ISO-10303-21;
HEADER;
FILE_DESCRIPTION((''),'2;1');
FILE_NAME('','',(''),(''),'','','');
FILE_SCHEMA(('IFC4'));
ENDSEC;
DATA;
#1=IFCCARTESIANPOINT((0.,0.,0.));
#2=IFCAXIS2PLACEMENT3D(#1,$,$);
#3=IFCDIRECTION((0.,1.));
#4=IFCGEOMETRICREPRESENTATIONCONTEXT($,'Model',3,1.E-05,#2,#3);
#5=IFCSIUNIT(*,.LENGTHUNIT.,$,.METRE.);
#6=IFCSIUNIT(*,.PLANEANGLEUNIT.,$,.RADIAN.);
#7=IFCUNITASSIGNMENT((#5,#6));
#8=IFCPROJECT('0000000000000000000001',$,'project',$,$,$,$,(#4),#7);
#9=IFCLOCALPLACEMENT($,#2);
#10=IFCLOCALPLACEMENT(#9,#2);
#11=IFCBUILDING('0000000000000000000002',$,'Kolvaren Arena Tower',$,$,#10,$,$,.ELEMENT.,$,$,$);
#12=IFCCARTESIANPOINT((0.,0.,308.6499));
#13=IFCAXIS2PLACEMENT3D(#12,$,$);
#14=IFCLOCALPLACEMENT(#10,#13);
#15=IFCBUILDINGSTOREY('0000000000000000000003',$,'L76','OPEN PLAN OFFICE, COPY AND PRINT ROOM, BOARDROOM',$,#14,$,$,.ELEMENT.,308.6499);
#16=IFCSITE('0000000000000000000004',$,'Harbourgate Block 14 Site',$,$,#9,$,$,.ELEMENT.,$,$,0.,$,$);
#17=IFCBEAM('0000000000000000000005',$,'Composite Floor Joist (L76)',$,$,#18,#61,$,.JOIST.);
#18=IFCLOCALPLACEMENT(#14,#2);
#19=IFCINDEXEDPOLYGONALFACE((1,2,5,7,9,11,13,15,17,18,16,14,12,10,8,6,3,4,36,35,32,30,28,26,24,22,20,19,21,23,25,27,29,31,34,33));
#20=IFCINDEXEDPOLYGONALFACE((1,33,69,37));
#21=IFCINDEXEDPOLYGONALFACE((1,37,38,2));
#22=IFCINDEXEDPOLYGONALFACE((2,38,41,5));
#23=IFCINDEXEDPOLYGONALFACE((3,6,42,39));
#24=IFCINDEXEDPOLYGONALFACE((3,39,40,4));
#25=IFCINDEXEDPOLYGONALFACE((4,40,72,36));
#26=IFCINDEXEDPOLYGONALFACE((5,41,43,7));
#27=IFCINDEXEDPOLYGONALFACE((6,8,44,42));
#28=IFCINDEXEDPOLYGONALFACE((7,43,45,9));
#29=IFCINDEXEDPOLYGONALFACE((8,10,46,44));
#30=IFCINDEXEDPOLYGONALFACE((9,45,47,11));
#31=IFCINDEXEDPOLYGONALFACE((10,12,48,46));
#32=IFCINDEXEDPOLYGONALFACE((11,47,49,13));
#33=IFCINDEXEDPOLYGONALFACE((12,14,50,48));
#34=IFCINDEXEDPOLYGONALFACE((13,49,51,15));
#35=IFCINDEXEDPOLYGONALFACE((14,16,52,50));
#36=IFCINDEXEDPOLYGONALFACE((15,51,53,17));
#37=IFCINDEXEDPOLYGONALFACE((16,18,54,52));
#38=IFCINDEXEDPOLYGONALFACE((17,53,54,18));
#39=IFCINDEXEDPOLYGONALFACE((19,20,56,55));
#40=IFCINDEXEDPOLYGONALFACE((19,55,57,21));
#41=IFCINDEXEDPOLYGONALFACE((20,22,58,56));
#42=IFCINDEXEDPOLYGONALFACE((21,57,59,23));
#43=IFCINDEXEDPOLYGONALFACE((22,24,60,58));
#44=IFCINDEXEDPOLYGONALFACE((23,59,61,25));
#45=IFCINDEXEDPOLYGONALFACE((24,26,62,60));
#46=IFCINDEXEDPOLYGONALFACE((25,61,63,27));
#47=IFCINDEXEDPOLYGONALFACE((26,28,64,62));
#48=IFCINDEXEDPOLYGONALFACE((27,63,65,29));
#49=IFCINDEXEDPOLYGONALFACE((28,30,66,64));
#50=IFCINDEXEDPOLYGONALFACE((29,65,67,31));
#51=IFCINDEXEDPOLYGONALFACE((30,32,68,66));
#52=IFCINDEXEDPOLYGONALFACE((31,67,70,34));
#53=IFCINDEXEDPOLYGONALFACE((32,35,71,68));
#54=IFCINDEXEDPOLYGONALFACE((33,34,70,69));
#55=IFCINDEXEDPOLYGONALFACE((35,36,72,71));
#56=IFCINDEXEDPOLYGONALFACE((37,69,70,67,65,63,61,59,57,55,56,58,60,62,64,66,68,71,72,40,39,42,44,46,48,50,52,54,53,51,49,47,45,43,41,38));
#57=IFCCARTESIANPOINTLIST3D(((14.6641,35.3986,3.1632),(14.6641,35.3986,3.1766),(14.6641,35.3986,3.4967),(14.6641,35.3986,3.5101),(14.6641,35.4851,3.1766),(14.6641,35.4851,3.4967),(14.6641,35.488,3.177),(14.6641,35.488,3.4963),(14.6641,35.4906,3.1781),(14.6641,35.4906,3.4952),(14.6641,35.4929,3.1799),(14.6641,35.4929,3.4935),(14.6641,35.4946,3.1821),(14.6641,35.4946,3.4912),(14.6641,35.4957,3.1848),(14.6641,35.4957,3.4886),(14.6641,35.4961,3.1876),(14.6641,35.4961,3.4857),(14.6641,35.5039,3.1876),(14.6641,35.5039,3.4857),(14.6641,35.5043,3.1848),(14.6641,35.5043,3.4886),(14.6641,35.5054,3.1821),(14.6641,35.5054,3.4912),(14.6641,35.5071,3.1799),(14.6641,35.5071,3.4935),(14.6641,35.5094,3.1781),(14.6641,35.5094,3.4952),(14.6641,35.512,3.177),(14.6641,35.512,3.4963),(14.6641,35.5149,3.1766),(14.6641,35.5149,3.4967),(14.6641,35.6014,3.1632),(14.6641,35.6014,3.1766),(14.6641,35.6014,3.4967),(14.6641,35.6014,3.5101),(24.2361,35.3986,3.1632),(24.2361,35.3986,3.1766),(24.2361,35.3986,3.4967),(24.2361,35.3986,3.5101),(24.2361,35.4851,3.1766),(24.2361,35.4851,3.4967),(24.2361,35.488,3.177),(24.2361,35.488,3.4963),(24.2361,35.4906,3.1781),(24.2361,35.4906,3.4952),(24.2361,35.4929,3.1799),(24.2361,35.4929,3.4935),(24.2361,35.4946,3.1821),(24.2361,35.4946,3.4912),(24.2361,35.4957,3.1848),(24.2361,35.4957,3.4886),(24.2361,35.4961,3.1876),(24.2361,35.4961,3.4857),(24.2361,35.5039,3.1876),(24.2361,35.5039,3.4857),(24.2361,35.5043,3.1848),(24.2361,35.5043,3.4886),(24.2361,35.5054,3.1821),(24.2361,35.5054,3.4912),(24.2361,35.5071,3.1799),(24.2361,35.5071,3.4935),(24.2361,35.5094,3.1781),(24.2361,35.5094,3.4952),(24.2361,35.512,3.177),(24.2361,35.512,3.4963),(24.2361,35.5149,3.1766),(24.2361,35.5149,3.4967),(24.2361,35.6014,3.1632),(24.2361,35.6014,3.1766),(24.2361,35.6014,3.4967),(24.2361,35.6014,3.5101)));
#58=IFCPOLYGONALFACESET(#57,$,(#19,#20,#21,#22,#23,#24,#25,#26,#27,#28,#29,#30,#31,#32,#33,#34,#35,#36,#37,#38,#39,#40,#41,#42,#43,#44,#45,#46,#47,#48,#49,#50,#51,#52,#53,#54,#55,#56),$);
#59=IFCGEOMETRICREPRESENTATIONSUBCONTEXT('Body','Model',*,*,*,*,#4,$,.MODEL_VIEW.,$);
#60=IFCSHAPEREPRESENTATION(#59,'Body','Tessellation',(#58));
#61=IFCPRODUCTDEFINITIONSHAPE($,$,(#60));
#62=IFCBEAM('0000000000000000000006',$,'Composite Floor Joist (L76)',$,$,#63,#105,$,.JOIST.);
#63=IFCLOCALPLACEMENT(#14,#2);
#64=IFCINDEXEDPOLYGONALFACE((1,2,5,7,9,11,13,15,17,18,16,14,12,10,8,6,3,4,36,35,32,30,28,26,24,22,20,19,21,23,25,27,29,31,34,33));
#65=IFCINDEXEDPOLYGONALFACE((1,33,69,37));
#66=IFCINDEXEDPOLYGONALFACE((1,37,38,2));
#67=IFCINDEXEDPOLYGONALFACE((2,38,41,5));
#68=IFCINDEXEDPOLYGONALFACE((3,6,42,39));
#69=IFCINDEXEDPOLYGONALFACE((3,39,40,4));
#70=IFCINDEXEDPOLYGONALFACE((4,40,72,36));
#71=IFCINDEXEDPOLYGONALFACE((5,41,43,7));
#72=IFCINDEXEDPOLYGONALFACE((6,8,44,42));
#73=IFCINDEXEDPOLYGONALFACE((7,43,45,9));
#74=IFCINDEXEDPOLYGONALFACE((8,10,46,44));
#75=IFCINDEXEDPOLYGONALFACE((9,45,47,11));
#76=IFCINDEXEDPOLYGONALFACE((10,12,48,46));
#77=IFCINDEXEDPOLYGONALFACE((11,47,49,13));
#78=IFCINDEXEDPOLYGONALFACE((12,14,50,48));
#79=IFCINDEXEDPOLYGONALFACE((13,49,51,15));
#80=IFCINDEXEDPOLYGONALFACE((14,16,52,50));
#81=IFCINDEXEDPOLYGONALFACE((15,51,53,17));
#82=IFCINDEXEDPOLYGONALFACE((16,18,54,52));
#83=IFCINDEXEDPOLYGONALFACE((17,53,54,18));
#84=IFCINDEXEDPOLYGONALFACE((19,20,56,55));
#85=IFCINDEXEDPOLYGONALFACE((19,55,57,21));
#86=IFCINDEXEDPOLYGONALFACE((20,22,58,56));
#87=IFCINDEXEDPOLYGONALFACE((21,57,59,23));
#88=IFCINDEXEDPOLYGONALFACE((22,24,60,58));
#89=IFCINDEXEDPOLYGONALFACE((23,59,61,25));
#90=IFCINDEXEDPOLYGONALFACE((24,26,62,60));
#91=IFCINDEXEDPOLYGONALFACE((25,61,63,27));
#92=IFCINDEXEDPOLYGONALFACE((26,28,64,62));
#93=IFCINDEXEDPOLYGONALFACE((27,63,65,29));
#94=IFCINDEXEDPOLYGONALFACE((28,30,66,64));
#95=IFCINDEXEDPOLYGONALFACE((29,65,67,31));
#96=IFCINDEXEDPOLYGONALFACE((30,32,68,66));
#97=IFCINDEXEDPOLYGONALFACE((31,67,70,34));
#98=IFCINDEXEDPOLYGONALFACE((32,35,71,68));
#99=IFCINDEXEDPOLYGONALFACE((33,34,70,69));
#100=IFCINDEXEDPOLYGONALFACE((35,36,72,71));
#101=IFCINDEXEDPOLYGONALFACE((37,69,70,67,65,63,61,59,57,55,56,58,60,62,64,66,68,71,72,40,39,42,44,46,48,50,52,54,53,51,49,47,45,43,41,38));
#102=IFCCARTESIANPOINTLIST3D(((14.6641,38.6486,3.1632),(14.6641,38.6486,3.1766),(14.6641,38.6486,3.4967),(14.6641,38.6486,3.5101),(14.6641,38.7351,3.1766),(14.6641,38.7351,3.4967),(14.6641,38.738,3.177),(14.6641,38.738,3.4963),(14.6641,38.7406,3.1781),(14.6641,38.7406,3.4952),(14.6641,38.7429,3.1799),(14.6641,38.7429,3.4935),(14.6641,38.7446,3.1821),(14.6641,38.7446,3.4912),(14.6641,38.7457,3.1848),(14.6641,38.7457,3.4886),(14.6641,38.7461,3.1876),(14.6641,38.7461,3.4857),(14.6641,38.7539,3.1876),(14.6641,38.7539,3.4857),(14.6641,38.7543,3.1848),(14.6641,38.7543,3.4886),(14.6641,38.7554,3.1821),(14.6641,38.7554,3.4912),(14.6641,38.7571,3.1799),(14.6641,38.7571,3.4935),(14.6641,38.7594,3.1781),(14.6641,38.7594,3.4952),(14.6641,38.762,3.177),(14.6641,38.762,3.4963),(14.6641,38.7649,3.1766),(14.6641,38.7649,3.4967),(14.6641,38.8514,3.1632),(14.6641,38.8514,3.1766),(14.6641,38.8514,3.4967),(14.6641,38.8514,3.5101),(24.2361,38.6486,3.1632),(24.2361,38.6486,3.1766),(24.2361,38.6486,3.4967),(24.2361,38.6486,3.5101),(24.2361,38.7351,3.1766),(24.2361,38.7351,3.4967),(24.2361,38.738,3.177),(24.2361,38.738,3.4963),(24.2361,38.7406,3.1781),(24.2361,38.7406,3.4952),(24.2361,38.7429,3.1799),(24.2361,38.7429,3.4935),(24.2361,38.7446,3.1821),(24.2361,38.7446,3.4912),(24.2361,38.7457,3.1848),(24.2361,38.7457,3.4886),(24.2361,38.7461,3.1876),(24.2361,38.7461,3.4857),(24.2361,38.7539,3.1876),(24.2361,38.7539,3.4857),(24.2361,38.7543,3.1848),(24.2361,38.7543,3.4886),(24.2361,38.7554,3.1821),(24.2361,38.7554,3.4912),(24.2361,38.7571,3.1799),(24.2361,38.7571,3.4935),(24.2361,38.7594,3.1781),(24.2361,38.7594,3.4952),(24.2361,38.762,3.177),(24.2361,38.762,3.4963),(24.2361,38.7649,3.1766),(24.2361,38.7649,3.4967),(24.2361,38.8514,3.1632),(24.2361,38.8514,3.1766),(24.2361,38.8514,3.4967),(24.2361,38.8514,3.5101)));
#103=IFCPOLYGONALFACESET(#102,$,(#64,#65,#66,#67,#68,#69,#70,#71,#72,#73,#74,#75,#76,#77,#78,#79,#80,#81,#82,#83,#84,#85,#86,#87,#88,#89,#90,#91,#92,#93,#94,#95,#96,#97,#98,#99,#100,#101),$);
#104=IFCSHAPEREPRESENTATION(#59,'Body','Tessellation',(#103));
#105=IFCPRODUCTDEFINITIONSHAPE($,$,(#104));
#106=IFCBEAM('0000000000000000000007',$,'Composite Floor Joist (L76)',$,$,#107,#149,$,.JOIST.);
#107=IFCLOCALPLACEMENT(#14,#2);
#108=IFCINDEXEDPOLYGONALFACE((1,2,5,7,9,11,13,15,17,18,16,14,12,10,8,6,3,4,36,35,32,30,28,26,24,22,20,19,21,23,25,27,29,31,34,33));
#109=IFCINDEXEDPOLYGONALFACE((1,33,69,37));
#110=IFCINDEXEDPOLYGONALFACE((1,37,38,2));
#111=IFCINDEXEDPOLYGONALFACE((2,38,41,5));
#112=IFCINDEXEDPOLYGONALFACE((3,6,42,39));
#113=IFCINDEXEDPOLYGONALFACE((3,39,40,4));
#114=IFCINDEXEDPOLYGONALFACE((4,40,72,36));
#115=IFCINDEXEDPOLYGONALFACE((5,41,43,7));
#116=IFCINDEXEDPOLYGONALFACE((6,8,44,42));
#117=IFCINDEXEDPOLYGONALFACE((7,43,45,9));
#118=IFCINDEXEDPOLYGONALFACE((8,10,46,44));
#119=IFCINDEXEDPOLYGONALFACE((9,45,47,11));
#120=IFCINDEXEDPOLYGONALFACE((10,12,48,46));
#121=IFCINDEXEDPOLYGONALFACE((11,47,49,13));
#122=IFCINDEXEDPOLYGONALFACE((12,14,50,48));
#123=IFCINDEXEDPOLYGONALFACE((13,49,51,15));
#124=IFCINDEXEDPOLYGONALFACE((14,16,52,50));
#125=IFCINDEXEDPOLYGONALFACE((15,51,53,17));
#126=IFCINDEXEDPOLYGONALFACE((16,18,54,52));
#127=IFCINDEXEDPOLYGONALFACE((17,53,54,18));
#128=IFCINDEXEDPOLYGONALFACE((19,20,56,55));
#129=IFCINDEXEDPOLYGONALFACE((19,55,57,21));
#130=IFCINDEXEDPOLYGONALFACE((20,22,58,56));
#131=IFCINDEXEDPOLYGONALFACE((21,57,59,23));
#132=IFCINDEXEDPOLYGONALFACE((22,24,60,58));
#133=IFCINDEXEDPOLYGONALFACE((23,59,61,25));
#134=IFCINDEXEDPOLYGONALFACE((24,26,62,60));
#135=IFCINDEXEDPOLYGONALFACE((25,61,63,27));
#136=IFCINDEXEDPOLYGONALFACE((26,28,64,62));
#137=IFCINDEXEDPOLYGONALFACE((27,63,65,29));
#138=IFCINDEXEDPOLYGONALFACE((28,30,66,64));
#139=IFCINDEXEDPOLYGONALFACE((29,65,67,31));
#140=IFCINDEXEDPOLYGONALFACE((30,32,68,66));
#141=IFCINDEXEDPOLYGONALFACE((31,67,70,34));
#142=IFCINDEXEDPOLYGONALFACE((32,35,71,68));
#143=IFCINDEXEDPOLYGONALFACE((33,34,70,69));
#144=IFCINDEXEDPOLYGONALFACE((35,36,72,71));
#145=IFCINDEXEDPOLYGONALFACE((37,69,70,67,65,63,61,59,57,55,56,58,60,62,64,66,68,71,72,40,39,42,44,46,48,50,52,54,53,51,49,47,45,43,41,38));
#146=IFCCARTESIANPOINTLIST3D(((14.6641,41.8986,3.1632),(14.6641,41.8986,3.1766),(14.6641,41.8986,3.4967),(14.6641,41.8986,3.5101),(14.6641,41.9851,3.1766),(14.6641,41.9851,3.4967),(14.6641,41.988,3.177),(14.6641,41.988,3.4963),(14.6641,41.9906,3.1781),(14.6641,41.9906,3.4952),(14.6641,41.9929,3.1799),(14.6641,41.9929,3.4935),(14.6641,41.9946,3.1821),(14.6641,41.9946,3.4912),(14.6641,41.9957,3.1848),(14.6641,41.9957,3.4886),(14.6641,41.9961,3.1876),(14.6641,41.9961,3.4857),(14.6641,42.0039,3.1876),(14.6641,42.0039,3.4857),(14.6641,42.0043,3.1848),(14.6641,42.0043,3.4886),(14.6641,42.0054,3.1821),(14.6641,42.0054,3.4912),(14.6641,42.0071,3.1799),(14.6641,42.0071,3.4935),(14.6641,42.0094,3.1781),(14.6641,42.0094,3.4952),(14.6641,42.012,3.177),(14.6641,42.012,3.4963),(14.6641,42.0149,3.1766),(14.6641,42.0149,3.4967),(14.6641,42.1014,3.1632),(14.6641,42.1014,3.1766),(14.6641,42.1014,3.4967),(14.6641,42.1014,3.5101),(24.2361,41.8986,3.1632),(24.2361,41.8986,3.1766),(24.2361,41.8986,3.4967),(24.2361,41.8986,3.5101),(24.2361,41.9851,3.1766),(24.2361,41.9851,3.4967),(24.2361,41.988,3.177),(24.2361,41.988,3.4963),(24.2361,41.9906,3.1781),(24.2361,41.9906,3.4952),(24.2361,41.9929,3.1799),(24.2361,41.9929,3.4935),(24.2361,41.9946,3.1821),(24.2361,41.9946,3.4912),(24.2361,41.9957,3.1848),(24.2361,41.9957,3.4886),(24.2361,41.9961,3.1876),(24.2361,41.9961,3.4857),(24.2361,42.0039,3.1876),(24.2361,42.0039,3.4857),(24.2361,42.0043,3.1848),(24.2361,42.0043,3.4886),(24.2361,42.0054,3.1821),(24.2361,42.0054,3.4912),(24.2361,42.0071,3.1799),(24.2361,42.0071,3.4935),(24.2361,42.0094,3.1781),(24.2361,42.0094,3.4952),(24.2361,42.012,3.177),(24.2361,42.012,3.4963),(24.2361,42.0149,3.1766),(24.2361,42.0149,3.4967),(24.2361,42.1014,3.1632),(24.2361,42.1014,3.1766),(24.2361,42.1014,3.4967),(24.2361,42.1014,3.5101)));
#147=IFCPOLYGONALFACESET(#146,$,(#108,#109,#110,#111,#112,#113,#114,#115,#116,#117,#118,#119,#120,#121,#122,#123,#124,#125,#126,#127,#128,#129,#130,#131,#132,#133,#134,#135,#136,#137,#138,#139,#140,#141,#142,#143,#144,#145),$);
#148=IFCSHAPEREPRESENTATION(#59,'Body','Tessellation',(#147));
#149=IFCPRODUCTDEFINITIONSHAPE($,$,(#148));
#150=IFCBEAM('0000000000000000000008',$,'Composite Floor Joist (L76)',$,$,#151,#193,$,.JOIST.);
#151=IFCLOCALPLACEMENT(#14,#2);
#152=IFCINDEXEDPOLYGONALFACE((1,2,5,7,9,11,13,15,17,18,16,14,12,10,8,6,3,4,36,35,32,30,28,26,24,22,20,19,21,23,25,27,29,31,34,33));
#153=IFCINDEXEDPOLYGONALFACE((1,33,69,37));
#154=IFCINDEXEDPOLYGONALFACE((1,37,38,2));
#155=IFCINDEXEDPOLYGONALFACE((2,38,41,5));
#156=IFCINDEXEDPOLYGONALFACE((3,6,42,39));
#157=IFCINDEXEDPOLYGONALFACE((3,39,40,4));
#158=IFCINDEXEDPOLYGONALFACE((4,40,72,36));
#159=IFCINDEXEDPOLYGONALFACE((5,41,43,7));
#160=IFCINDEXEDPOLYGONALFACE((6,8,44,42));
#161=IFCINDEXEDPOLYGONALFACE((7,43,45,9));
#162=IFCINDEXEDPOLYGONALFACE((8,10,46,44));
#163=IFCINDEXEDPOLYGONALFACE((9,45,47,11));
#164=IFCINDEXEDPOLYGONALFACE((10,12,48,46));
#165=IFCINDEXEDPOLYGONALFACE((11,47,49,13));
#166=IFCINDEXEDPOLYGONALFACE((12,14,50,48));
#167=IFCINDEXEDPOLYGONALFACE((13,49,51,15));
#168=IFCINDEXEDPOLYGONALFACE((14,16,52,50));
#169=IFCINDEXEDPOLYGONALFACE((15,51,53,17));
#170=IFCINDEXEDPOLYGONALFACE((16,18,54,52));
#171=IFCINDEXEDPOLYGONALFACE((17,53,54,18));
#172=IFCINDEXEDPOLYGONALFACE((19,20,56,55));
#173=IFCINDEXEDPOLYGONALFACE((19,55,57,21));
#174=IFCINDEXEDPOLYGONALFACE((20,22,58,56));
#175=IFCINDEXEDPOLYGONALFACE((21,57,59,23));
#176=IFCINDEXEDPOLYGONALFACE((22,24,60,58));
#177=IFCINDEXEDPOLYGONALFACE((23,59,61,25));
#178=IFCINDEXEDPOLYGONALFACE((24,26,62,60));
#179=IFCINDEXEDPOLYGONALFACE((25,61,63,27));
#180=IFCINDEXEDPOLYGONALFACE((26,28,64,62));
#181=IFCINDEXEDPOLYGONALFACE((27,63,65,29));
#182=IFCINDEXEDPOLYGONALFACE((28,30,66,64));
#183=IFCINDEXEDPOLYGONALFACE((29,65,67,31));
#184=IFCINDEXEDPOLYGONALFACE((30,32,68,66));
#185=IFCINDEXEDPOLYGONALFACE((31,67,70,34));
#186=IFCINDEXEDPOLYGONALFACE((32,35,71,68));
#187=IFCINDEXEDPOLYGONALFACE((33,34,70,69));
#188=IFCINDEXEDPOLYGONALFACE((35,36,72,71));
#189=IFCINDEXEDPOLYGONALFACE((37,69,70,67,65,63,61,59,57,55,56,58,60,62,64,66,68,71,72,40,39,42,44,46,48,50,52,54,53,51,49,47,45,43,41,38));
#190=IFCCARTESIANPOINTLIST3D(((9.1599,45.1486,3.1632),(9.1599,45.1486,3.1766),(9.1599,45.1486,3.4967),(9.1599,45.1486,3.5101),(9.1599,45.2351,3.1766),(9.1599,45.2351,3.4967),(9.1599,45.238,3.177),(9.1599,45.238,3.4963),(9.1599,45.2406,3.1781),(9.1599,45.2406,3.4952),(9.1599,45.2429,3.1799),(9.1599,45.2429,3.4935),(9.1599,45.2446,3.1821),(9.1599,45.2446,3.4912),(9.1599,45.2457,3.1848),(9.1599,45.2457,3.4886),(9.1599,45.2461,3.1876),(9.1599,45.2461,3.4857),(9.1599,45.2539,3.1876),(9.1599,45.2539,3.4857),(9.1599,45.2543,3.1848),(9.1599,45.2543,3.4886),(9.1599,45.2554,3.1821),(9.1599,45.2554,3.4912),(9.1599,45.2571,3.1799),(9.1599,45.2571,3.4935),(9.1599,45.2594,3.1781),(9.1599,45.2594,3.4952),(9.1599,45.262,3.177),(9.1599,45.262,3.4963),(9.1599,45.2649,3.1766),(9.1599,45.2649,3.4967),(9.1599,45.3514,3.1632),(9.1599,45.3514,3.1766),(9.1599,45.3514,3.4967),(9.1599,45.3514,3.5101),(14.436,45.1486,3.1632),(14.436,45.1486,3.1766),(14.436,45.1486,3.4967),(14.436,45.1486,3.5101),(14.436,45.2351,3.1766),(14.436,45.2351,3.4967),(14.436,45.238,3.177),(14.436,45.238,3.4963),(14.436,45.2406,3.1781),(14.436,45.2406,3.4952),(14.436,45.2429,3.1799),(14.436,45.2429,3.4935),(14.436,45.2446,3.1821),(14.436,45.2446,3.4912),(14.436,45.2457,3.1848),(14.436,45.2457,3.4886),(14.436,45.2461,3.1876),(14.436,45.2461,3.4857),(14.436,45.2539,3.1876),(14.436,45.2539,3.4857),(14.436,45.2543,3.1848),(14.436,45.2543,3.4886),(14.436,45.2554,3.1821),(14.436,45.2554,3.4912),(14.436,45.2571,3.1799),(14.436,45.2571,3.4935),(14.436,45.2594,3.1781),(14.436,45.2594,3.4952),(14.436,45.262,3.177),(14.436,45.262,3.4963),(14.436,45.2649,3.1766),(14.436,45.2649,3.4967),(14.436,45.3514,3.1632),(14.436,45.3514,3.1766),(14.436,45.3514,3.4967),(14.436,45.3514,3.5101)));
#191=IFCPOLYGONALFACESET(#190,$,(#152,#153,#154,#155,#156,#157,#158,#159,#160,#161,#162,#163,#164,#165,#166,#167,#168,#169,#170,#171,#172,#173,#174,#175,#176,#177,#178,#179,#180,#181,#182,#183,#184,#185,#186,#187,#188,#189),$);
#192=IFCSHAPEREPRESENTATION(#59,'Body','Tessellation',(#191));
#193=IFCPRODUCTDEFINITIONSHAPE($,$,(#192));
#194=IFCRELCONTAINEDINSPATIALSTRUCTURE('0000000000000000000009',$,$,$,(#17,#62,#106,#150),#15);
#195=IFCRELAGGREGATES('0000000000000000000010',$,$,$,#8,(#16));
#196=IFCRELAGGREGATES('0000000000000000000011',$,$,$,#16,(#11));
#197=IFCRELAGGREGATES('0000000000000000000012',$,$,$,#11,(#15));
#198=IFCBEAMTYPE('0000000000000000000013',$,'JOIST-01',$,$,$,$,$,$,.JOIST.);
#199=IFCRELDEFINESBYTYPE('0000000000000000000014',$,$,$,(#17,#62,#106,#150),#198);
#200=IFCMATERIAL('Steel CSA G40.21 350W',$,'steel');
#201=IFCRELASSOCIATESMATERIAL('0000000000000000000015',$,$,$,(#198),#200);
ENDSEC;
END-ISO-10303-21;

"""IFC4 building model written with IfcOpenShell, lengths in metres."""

from ifc_helpers import new_model, si_unit, direction, frame, origin, origin_2d, place, context, subcontext, project, spatial, i_section, extrude, material, material_profile, profile_set, type_object, element, save


model = new_model("IFC4")

# Units and contexts
model_context = context("Model", 3, precision=1e-05, world=origin(), true_north=direction((0.0, 1.0)))
body_context = subcontext(model_context, "Body", "Model", "MODEL_VIEW")
ifc_project = project(units=[si_unit("LENGTHUNIT", "METRE"), si_unit("PLANEANGLEUNIT", "RADIAN")], contexts=[model_context])

# Site, building, storey
site_placement = place(None, origin())
site = spatial("IfcSite", under=ifc_project, at=site_placement, Name="Harbourgate Block 14 Site", CompositionType="ELEMENT", RefElevation=0.0)
building_placement = place(site_placement, origin())
building = spatial("IfcBuilding", under=site, at=building_placement, Name="Kolvaren Arena Tower", CompositionType="ELEMENT")
storey_placement = place(building_placement, frame((0.0, 0.0, 308.6499)))
storey = spatial("IfcBuildingStorey", under=building, at=storey_placement, Name="L76", Description="OPEN PLAN OFFICE, COPY AND PRINT ROOM, BOARDROOM", CompositionType="ELEMENT", Elevation=308.6499)

# Beams
ifc_material_1 = material(Name="Steel CSA G40.21 350W", Category="steel")
ifc_material_profile_1 = material_profile(ifc_material_1, i_section(OverallWidth=0.2029, OverallDepth=0.3469, WebThickness=0.0078, FlangeThickness=0.0134, FilletRadius=0.011, at=origin_2d()), Name="W360x64")
ifc_profile_set_1 = profile_set([ifc_material_profile_1], Name="Steel CSA G40.21 350W")
beam_type_1 = type_object("IfcBeamType", Name="JOIST-01", PredefinedType="JOIST", material=ifc_profile_set_1)
for number, where, z_axis, x_axis, name in (
    (1, (14.6641, 35.5, 3.3367), (1.0, 0.0, 0.0), (0.0, 1.0, 0.0), "Composite Floor Joist (L76)"),
    (2, (14.6641, 38.75, 3.3367), (1.0, 0.0, 0.0), (0.0, 1.0, 0.0), "Composite Floor Joist (L76)"),
    (3, (14.6641, 42.0, 3.3367), (1.0, 0.0, 0.0), (0.0, 1.0, 0.0), "Composite Floor Joist (L76)"),
):
    element("IfcBeam", number, at=place(storey_placement, frame(where, z_axis=z_axis, x_axis=x_axis)), inside=storey, type_object=beam_type_1, Name=name, PredefinedType="JOIST", context=body_context, shape_type="SweptSolid", body=[
        extrude(i_section(OverallWidth=0.2029, OverallDepth=0.3469, WebThickness=0.0078, FlangeThickness=0.0134, FilletRadius=0.011, at=origin_2d()), origin(), (0.0, 0.0, 1.0), 9.572),
    ])
beam_1_placement = place(storey_placement, frame((9.1599, 45.25, 3.3367), z_axis=(1.0, 0.0, 0.0), x_axis=(0.0, 1.0, 0.0)))
element("IfcBeam", 4, at=beam_1_placement, inside=storey, type_object=beam_type_1, Name="Composite Floor Joist (L76)", PredefinedType="JOIST", context=body_context, shape_type="SweptSolid", body=[
    extrude(i_section(OverallWidth=0.2029, OverallDepth=0.3469, WebThickness=0.0078, FlangeThickness=0.0134, FilletRadius=0.011, at=origin_2d()), origin(), (0.0, 0.0, 1.0), 5.2761),
])

save(model, "model.ifc")
